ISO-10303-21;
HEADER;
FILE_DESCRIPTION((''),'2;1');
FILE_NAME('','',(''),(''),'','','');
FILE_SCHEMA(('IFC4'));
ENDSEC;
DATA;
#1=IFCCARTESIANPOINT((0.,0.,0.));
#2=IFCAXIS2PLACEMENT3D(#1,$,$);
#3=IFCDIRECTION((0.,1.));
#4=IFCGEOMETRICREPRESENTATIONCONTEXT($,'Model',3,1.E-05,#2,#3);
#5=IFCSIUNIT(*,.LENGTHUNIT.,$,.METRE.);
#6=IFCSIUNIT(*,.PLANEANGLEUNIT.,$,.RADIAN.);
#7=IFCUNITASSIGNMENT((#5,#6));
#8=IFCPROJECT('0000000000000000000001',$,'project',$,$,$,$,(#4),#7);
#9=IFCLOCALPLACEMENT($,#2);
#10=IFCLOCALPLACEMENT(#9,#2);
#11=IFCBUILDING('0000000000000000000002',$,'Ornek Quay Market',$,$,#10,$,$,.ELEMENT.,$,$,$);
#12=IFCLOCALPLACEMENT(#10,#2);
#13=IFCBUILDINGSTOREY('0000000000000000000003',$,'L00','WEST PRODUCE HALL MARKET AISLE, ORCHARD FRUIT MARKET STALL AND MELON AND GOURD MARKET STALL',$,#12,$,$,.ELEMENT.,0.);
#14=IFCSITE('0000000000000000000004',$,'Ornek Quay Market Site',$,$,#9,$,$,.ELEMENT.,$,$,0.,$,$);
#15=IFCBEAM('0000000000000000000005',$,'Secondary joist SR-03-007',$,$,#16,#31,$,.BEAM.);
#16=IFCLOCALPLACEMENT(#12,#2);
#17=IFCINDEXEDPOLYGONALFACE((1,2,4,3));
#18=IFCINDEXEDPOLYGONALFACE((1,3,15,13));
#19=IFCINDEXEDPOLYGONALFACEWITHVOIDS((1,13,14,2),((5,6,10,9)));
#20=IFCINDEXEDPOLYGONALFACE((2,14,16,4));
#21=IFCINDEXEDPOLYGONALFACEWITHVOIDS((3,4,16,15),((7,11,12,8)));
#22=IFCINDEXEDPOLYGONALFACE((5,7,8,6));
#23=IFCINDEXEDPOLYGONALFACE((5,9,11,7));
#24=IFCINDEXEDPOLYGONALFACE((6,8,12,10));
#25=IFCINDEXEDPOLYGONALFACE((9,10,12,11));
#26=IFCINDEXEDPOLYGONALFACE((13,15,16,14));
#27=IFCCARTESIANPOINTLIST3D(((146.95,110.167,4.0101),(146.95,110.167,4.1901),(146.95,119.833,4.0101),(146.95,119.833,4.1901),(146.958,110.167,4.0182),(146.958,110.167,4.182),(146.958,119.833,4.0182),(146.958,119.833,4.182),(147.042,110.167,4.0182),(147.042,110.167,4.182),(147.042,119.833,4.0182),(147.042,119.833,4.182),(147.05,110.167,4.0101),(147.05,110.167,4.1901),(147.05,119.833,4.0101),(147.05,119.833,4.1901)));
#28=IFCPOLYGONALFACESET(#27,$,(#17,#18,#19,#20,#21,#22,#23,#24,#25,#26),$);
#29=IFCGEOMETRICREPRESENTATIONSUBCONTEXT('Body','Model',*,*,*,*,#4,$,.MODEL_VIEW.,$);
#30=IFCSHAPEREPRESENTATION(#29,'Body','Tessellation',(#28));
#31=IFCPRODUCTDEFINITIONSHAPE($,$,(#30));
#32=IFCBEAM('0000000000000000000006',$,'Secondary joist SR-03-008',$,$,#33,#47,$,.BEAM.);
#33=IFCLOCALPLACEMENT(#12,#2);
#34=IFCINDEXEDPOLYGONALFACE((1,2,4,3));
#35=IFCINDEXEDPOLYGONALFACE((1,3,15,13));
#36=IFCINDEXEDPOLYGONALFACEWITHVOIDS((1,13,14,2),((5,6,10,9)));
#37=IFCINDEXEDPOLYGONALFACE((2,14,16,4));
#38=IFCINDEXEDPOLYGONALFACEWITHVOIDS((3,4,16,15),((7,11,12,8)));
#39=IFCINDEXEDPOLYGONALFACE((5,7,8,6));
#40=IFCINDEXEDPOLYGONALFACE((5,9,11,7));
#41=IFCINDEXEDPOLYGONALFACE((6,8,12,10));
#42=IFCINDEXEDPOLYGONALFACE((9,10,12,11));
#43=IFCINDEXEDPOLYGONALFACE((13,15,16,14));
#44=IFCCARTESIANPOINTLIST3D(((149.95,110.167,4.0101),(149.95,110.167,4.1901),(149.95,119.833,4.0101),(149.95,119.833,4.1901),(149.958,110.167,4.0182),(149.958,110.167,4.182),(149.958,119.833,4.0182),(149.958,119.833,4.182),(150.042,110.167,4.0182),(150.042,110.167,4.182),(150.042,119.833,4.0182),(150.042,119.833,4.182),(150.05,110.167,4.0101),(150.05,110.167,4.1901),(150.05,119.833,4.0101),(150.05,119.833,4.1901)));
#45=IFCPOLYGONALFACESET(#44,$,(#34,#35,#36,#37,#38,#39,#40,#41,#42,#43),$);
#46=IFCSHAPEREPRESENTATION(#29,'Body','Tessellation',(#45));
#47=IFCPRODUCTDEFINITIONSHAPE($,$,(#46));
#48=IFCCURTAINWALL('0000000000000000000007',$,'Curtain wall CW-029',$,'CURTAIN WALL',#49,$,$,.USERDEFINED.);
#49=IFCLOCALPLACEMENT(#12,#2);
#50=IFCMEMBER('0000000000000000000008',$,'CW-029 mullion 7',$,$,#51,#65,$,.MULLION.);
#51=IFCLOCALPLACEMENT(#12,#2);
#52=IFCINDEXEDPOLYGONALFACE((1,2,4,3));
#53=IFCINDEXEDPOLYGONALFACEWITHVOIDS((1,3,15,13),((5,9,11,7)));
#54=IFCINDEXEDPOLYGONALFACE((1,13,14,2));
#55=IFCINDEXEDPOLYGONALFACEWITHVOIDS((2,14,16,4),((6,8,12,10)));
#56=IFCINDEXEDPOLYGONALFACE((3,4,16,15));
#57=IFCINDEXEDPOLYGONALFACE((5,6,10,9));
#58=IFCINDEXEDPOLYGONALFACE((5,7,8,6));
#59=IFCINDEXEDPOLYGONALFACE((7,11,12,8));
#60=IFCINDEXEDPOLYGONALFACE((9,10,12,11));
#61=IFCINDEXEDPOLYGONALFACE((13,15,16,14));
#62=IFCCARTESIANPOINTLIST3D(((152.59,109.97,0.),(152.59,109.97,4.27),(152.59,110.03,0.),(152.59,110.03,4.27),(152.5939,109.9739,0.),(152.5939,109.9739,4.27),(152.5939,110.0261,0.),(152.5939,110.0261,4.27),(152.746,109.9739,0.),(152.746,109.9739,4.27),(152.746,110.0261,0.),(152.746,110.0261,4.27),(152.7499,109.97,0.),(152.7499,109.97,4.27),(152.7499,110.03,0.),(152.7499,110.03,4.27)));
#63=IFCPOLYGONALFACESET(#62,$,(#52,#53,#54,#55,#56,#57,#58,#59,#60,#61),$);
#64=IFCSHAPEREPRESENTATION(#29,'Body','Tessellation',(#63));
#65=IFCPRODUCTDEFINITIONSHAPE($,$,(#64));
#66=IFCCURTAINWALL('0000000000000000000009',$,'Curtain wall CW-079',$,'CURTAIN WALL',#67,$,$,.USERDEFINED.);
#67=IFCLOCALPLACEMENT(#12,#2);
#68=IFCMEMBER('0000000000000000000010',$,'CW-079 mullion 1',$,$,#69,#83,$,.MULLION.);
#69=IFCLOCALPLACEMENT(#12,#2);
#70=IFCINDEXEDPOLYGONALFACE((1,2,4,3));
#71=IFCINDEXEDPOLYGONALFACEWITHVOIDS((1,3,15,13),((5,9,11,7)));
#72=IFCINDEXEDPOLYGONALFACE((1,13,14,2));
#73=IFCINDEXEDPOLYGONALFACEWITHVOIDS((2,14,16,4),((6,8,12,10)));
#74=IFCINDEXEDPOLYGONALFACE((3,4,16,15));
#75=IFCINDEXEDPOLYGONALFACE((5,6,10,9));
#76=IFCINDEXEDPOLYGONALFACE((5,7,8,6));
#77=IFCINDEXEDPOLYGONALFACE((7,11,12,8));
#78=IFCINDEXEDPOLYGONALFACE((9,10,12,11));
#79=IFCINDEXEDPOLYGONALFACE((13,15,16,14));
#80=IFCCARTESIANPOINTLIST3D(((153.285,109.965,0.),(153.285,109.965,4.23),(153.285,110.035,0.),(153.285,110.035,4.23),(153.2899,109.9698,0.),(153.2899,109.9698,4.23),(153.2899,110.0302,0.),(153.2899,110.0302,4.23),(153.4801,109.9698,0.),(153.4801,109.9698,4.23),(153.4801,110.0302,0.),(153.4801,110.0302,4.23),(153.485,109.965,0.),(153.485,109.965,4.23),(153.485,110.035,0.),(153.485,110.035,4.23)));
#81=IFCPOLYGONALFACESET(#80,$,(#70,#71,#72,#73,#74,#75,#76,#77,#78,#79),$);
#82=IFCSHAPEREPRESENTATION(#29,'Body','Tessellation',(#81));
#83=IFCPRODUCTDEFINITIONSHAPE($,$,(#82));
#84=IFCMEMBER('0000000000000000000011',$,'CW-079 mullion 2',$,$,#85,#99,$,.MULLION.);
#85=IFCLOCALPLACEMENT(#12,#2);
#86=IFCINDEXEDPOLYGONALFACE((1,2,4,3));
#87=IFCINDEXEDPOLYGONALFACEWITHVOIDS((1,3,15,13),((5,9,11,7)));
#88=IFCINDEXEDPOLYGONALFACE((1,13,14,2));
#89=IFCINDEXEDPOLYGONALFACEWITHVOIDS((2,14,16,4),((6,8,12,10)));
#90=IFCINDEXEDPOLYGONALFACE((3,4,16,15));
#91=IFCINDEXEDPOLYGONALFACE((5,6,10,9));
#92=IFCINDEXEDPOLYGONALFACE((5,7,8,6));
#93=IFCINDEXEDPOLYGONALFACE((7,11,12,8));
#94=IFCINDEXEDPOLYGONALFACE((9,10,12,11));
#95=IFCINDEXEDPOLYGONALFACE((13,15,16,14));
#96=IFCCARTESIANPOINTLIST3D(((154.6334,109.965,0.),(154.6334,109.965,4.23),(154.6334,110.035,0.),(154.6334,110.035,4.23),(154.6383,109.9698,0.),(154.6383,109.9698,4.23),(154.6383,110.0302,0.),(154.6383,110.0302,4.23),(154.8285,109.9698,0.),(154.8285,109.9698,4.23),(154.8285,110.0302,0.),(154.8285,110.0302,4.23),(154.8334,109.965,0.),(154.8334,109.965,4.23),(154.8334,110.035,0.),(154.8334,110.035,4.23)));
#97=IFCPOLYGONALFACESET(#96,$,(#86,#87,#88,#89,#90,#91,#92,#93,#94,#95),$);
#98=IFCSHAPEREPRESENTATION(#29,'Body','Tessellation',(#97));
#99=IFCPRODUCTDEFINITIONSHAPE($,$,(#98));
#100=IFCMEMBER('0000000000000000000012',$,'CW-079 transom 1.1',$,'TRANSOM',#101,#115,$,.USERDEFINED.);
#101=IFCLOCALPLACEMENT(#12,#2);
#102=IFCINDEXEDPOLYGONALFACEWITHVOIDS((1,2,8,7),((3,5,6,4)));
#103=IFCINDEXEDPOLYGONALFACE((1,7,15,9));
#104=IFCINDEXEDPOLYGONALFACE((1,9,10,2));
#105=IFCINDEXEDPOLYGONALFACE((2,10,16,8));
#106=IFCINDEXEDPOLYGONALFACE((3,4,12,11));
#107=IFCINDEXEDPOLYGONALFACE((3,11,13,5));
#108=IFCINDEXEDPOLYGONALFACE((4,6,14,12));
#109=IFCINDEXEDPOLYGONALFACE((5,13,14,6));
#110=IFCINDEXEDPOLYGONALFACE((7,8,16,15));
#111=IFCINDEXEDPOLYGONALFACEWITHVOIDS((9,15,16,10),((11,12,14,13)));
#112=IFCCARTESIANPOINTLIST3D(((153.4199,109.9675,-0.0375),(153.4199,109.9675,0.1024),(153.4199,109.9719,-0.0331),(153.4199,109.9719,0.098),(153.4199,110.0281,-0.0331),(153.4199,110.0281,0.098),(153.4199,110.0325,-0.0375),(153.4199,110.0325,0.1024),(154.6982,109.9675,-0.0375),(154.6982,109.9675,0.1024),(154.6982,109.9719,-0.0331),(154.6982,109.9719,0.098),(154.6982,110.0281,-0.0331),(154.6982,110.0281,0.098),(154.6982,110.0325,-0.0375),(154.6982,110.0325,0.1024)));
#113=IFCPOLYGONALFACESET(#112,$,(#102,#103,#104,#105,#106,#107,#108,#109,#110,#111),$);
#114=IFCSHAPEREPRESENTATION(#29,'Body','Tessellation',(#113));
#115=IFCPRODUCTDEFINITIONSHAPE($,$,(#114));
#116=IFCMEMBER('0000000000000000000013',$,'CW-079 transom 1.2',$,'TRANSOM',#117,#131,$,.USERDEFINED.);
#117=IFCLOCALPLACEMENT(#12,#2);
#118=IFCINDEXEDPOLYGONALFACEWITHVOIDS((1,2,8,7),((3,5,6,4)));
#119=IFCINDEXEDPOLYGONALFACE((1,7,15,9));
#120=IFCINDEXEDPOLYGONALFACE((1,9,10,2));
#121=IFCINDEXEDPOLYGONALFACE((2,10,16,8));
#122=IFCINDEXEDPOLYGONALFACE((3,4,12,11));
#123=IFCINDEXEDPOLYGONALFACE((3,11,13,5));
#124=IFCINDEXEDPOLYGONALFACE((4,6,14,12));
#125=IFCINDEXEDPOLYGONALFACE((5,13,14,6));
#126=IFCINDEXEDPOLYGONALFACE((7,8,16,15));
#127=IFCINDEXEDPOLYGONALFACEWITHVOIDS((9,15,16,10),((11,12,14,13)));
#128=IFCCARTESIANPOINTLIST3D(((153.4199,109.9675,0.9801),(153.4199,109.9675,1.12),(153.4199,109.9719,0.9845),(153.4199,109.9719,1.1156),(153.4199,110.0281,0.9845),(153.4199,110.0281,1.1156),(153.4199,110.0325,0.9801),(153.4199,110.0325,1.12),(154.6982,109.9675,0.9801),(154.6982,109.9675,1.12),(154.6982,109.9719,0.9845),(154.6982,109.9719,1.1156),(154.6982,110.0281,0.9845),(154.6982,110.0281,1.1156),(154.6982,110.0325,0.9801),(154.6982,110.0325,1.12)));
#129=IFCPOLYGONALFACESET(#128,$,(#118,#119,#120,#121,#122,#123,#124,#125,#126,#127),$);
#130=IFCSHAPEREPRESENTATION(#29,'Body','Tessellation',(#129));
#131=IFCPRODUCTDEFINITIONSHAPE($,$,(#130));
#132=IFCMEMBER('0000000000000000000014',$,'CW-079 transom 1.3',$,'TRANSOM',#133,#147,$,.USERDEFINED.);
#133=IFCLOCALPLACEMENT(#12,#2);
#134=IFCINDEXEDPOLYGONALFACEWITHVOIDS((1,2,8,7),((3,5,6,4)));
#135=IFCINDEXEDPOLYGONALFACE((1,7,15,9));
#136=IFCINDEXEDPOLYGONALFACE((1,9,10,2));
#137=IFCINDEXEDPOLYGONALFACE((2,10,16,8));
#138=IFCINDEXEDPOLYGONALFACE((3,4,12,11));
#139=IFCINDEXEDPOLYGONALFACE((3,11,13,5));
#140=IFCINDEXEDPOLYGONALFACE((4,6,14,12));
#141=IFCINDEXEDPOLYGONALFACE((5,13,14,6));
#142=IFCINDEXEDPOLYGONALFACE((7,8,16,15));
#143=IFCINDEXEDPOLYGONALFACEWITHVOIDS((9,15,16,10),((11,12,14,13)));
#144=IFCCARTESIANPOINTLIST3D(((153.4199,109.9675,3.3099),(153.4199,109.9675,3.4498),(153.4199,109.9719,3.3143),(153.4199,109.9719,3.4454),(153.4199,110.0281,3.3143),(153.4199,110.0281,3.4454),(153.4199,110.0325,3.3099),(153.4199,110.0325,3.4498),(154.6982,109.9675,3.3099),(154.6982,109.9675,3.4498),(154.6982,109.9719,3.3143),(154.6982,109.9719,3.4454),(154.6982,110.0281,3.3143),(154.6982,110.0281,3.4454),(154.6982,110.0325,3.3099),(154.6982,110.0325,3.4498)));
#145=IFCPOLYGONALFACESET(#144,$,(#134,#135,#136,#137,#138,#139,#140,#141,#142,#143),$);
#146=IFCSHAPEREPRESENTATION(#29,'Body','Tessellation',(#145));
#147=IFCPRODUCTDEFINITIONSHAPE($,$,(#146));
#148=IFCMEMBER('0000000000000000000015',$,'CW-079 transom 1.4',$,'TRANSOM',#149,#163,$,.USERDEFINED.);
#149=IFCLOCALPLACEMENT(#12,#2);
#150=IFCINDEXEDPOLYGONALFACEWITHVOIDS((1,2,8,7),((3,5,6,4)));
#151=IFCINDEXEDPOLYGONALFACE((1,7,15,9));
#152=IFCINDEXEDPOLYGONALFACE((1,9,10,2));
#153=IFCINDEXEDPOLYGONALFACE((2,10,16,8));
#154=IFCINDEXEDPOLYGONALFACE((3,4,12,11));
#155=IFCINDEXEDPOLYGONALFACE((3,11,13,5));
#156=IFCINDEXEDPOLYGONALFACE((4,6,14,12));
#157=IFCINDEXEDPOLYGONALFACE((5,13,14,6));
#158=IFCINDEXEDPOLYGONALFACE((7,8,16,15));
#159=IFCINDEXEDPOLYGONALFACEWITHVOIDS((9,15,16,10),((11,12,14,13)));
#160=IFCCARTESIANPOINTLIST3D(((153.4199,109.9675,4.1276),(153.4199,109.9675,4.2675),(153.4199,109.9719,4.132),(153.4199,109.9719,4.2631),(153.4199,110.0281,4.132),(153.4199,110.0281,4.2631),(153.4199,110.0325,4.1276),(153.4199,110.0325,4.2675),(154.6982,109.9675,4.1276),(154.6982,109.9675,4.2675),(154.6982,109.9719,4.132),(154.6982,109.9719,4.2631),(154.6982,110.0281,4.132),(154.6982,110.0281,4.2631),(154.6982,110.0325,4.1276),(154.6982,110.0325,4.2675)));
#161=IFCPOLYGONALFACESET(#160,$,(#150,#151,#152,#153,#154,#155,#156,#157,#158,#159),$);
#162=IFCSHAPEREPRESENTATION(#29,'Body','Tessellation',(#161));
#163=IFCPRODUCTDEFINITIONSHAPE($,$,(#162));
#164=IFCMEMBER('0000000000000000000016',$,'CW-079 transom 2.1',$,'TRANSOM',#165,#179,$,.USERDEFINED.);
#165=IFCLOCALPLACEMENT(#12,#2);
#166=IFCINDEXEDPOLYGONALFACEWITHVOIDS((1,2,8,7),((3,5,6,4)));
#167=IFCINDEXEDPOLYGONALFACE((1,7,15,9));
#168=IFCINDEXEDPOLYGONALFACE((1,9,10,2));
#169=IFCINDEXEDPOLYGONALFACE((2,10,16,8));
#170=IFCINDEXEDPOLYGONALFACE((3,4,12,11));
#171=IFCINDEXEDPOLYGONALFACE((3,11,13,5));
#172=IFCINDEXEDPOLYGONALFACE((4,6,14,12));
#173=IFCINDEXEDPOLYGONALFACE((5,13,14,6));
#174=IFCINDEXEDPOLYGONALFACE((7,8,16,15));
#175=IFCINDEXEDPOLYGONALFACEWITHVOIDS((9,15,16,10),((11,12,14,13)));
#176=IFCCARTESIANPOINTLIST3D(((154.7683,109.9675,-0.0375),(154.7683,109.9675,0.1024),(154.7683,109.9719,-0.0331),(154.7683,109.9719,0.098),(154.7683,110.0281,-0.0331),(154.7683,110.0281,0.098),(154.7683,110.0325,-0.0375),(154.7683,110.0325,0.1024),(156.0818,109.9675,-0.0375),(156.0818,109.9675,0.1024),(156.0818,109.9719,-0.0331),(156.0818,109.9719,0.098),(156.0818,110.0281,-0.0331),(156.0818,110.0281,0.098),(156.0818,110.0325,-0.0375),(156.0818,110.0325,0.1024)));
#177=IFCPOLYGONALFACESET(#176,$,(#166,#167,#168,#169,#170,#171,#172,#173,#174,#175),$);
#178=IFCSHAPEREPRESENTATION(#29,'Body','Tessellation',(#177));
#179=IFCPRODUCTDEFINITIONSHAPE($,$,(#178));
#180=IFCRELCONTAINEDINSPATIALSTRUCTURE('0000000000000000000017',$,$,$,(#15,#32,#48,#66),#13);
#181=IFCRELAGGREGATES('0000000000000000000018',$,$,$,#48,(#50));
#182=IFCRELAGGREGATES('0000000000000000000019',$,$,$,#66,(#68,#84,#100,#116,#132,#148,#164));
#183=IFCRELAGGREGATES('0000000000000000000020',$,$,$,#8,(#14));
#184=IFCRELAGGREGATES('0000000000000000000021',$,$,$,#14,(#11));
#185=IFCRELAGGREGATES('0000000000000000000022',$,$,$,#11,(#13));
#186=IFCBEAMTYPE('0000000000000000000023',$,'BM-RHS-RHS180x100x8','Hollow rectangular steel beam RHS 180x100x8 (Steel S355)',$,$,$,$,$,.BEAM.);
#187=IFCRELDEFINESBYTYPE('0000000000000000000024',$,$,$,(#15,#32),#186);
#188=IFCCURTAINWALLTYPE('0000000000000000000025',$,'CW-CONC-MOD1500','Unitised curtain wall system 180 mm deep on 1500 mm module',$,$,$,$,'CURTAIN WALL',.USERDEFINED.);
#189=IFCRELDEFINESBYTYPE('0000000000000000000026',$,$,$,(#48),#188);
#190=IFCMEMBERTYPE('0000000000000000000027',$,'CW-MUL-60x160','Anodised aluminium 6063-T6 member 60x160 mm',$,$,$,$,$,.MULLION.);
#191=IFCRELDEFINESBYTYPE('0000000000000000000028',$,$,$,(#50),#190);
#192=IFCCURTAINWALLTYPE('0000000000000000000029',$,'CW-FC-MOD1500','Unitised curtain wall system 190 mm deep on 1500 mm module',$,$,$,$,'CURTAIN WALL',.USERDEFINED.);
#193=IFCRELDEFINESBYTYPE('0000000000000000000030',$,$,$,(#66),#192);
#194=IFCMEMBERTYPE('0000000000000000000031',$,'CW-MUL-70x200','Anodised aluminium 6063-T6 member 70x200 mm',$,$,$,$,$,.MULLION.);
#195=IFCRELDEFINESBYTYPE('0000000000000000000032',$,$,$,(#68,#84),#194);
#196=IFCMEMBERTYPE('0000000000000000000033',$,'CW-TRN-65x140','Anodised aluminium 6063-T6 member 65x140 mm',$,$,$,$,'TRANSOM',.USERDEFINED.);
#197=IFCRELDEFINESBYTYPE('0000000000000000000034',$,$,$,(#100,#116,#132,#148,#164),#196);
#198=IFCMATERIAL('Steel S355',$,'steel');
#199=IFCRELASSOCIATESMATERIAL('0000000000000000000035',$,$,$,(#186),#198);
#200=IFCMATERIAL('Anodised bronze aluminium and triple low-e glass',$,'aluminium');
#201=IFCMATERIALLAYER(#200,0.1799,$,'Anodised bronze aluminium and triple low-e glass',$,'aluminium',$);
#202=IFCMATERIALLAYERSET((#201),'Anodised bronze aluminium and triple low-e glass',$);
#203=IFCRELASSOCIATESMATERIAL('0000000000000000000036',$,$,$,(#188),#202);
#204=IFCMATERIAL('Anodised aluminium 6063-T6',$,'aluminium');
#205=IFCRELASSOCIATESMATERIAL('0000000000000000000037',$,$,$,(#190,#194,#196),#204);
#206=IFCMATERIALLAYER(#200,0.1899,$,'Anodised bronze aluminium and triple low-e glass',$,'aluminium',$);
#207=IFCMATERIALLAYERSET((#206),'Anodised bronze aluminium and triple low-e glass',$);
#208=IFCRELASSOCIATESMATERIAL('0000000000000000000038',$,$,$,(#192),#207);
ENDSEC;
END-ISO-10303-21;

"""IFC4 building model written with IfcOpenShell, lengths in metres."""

from ifc_helpers import new_model, si_unit, direction, frame, origin, origin_2d, place, context, subcontext, project, spatial, hollow_rectangle, extrude, material, layer, layer_set, material_profile, profile_set, type_object, element, aggregate, save


model = new_model("IFC4")

# Units and contexts
model_context = context("Model", 3, precision=1e-05, world=origin(), true_north=direction((0.0, 1.0)))
body_context = subcontext(model_context, "Body", "Model", "MODEL_VIEW")
ifc_project = project(units=[si_unit("LENGTHUNIT", "METRE"), si_unit("PLANEANGLEUNIT", "RADIAN")], contexts=[model_context])

# Site, building, storey
site_placement = place(None, origin())
site = spatial("IfcSite", under=ifc_project, at=site_placement, Name="Ornek Quay Market Site", CompositionType="ELEMENT", RefElevation=0.0)
building_placement = place(site_placement, origin())
building = spatial("IfcBuilding", under=site, at=building_placement, Name="Ornek Quay Market", CompositionType="ELEMENT")
storey_placement = place(building_placement, origin())
storey = spatial("IfcBuildingStorey", under=building, at=storey_placement, Name="L00", Description="WEST PRODUCE HALL MARKET AISLE, ORCHARD FRUIT MARKET STALL AND MELON AND GOURD MARKET STALL", CompositionType="ELEMENT", Elevation=0.0)

# Beams
ifc_material_1 = material(Name="Steel S355", Category="steel")
ifc_material_profile_1 = material_profile(ifc_material_1, hollow_rectangle(XDim=0.1001, YDim=0.1799, WallThickness=0.0081, at=origin_2d()), Name="RHS 180x100x8", Category="steel")
ifc_profile_set_1 = profile_set([ifc_material_profile_1], Name="Steel S355")
beam_type_1 = type_object("IfcBeamType", Name="BM-RHS-RHS180x100x8", Description="Hollow rectangular steel beam RHS 180x100x8 (Steel S355)", PredefinedType="BEAM", material=ifc_profile_set_1)
for number, where, z_axis, x_axis, name in (
    (1, (147.0, 110.167, 4.1001), (0.0, 1.0, 0.0), (-1.0, 0.0, 0.0), "Secondary joist SR-03-007"),
    (2, (150.0, 110.167, 4.1001), (0.0, 1.0, 0.0), (-1.0, 0.0, 0.0), "Secondary joist SR-03-008"),
):
    element("IfcBeam", number, at=place(storey_placement, frame(where, z_axis=z_axis, x_axis=x_axis)), inside=storey, type_object=beam_type_1, Name=name, PredefinedType="BEAM", context=body_context, shape_type="SweptSolid", body=[
        extrude(hollow_rectangle(XDim=0.1001, YDim=0.1799, WallThickness=0.0081, at=origin_2d()), origin(), (0.0, 0.0, 1.0), 9.666),
    ])

# Curtain wall, member
ifc_material_2 = material(Name="Anodised bronze aluminium and triple low-e glass", Category="aluminium")
ifc_layer_1 = layer(ifc_material_2, 0.1799, Name="Anodised bronze aluminium and triple low-e glass", Category="aluminium")
ifc_layer_set_1 = layer_set([ifc_layer_1], Name="Anodised bronze aluminium and triple low-e glass")
curtain_wall_type_1 = type_object("IfcCurtainWallType", Name="CW-CONC-MOD1500", Description="Unitised curtain wall system 180 mm deep on 1500 mm module", ElementType="CURTAIN WALL", PredefinedType="USERDEFINED", material=ifc_layer_set_1)
curtain_wall_1_placement = place(storey_placement, origin())
curtain_wall_1 = element("IfcCurtainWall", 3, at=curtain_wall_1_placement, inside=storey, type_object=curtain_wall_type_1, Name="Curtain wall CW-029", ObjectType="CURTAIN WALL", PredefinedType="USERDEFINED")
ifc_material_3 = material(Name="Anodised aluminium 6063-T6", Category="aluminium")
ifc_material_profile_2 = material_profile(ifc_material_3, hollow_rectangle(XDim=0.0601, YDim=0.1599, WallThickness=0.0039, at=origin_2d()), Name="CW-MUL-60x160", Category="aluminium")
ifc_profile_set_2 = profile_set([ifc_material_profile_2], Name="Anodised aluminium 6063-T6")
member_type_1 = type_object("IfcMemberType", Name="CW-MUL-60x160", Description="Anodised aluminium 6063-T6 member 60x160 mm", PredefinedType="MULLION", material=ifc_profile_set_2)
member_1_placement = place(storey_placement, frame((152.6699, 110.0, 0.0), z_axis=(0.0, 0.0, 1.0), x_axis=(0.0, 1.0, 0.0)))
member_1 = element("IfcMember", 4, at=member_1_placement, type_object=member_type_1, Name="CW-029 mullion 7", PredefinedType="MULLION", context=body_context, shape_type="SweptSolid", body=[
    extrude(hollow_rectangle(XDim=0.0601, YDim=0.1599, WallThickness=0.0039, at=origin_2d()), origin(), (0.0, 0.0, 1.0), 4.27),
])

# Curtain wall, members
ifc_layer_2 = layer(ifc_material_2, 0.1899, Name="Anodised bronze aluminium and triple low-e glass", Category="aluminium")
ifc_layer_set_2 = layer_set([ifc_layer_2], Name="Anodised bronze aluminium and triple low-e glass")
curtain_wall_type_2 = type_object("IfcCurtainWallType", Name="CW-FC-MOD1500", Description="Unitised curtain wall system 190 mm deep on 1500 mm module", ElementType="CURTAIN WALL", PredefinedType="USERDEFINED", material=ifc_layer_set_2)
curtain_wall_2_placement = place(storey_placement, origin())
curtain_wall_2 = element("IfcCurtainWall", 5, at=curtain_wall_2_placement, inside=storey, type_object=curtain_wall_type_2, Name="Curtain wall CW-079", ObjectType="CURTAIN WALL", PredefinedType="USERDEFINED")
ifc_material_profile_3 = material_profile(ifc_material_3, hollow_rectangle(XDim=0.0701, YDim=0.2, WallThickness=0.0049, at=origin_2d()), Name="CW-MUL-70x200", Category="aluminium")
ifc_profile_set_3 = profile_set([ifc_material_profile_3], Name="Anodised aluminium 6063-T6")
member_type_2 = type_object("IfcMemberType", Name="CW-MUL-70x200", Description="Anodised aluminium 6063-T6 member 70x200 mm", PredefinedType="MULLION", material=ifc_profile_set_3)
member_2_placement = place(storey_placement, frame((153.385, 110.0, 0.0), z_axis=(0.0, 0.0, 1.0), x_axis=(0.0, 1.0, 0.0)))
member_2 = element("IfcMember", 6, at=member_2_placement, type_object=member_type_2, Name="CW-079 mullion 1", PredefinedType="MULLION", context=body_context, shape_type="SweptSolid", body=[
    extrude(hollow_rectangle(XDim=0.0701, YDim=0.2, WallThickness=0.0049, at=origin_2d()), origin(), (0.0, 0.0, 1.0), 4.23),
])
member_3_placement = place(storey_placement, frame((154.7334, 110.0, 0.0), z_axis=(0.0, 0.0, 1.0), x_axis=(0.0, 1.0, 0.0)))
member_3 = element("IfcMember", 7, at=member_3_placement, type_object=member_type_2, Name="CW-079 mullion 2", PredefinedType="MULLION", context=body_context, shape_type="SweptSolid", body=[
    extrude(hollow_rectangle(XDim=0.0701, YDim=0.2, WallThickness=0.0049, at=origin_2d()), origin(), (0.0, 0.0, 1.0), 4.23),
])
ifc_material_profile_4 = material_profile(ifc_material_3, hollow_rectangle(XDim=0.0649, YDim=0.1399, WallThickness=0.0044, at=origin_2d()), Name="CW-TRN-65x140", Category="aluminium")
ifc_profile_set_4 = profile_set([ifc_material_profile_4], Name="Anodised aluminium 6063-T6")
member_type_3 = type_object("IfcMemberType", Name="CW-TRN-65x140", Description="Anodised aluminium 6063-T6 member 65x140 mm", ElementType="TRANSOM", PredefinedType="USERDEFINED", material=ifc_profile_set_4)
member_4_placement = place(storey_placement, frame((153.4199, 110.0, 0.0325), z_axis=(1.0, 0.0, 0.0), x_axis=(0.0, 1.0, 0.0)))
member_4 = element("IfcMember", 8, at=member_4_placement, type_object=member_type_3, Name="CW-079 transom 1.1", ObjectType="TRANSOM", PredefinedType="USERDEFINED", context=body_context, shape_type="SweptSolid", body=[
    extrude(hollow_rectangle(XDim=0.0649, YDim=0.1399, WallThickness=0.0044, at=origin_2d()), origin(), (0.0, 0.0, 1.0), 1.2783),
])
member_5_placement = place(storey_placement, frame((153.4199, 110.0, 1.05), z_axis=(1.0, 0.0, 0.0), x_axis=(0.0, 1.0, 0.0)))
member_5 = element("IfcMember", 9, at=member_5_placement, type_object=member_type_3, Name="CW-079 transom 1.2", ObjectType="TRANSOM", PredefinedType="USERDEFINED", context=body_context, shape_type="SweptSolid", body=[
    extrude(hollow_rectangle(XDim=0.0649, YDim=0.1399, WallThickness=0.0044, at=origin_2d()), origin(), (0.0, 0.0, 1.0), 1.2783),
])
member_6_placement = place(storey_placement, frame((153.4199, 110.0, 3.3799), z_axis=(1.0, 0.0, 0.0), x_axis=(0.0, 1.0, 0.0)))
member_6 = element("IfcMember", 10, at=member_6_placement, type_object=member_type_3, Name="CW-079 transom 1.3", ObjectType="TRANSOM", PredefinedType="USERDEFINED", context=body_context, shape_type="SweptSolid", body=[
    extrude(hollow_rectangle(XDim=0.0649, YDim=0.1399, WallThickness=0.0044, at=origin_2d()), origin(), (0.0, 0.0, 1.0), 1.2783),
])
member_7_placement = place(storey_placement, frame((153.4199, 110.0, 4.1975), z_axis=(1.0, 0.0, 0.0), x_axis=(0.0, 1.0, 0.0)))
member_7 = element("IfcMember", 11, at=member_7_placement, type_object=member_type_3, Name="CW-079 transom 1.4", ObjectType="TRANSOM", PredefinedType="USERDEFINED", context=body_context, shape_type="SweptSolid", body=[
    extrude(hollow_rectangle(XDim=0.0649, YDim=0.1399, WallThickness=0.0044, at=origin_2d()), origin(), (0.0, 0.0, 1.0), 1.2783),
])
member_8_placement = place(storey_placement, frame((154.7683, 110.0, 0.0325), z_axis=(1.0, 0.0, 0.0), x_axis=(0.0, 1.0, 0.0)))
member_8 = element("IfcMember", 12, at=member_8_placement, type_object=member_type_3, Name="CW-079 transom 2.1", ObjectType="TRANSOM", PredefinedType="USERDEFINED", context=body_context, shape_type="SweptSolid", body=[
    extrude(hollow_rectangle(XDim=0.0649, YDim=0.1399, WallThickness=0.0044, at=origin_2d()), origin(), (0.0, 0.0, 1.0), 1.3135),
])

aggregate(curtain_wall_1, [member_1])
aggregate(curtain_wall_2, [member_2, member_3, member_4, member_5, member_6, member_7, member_8])

save(model, "model.ifc")
